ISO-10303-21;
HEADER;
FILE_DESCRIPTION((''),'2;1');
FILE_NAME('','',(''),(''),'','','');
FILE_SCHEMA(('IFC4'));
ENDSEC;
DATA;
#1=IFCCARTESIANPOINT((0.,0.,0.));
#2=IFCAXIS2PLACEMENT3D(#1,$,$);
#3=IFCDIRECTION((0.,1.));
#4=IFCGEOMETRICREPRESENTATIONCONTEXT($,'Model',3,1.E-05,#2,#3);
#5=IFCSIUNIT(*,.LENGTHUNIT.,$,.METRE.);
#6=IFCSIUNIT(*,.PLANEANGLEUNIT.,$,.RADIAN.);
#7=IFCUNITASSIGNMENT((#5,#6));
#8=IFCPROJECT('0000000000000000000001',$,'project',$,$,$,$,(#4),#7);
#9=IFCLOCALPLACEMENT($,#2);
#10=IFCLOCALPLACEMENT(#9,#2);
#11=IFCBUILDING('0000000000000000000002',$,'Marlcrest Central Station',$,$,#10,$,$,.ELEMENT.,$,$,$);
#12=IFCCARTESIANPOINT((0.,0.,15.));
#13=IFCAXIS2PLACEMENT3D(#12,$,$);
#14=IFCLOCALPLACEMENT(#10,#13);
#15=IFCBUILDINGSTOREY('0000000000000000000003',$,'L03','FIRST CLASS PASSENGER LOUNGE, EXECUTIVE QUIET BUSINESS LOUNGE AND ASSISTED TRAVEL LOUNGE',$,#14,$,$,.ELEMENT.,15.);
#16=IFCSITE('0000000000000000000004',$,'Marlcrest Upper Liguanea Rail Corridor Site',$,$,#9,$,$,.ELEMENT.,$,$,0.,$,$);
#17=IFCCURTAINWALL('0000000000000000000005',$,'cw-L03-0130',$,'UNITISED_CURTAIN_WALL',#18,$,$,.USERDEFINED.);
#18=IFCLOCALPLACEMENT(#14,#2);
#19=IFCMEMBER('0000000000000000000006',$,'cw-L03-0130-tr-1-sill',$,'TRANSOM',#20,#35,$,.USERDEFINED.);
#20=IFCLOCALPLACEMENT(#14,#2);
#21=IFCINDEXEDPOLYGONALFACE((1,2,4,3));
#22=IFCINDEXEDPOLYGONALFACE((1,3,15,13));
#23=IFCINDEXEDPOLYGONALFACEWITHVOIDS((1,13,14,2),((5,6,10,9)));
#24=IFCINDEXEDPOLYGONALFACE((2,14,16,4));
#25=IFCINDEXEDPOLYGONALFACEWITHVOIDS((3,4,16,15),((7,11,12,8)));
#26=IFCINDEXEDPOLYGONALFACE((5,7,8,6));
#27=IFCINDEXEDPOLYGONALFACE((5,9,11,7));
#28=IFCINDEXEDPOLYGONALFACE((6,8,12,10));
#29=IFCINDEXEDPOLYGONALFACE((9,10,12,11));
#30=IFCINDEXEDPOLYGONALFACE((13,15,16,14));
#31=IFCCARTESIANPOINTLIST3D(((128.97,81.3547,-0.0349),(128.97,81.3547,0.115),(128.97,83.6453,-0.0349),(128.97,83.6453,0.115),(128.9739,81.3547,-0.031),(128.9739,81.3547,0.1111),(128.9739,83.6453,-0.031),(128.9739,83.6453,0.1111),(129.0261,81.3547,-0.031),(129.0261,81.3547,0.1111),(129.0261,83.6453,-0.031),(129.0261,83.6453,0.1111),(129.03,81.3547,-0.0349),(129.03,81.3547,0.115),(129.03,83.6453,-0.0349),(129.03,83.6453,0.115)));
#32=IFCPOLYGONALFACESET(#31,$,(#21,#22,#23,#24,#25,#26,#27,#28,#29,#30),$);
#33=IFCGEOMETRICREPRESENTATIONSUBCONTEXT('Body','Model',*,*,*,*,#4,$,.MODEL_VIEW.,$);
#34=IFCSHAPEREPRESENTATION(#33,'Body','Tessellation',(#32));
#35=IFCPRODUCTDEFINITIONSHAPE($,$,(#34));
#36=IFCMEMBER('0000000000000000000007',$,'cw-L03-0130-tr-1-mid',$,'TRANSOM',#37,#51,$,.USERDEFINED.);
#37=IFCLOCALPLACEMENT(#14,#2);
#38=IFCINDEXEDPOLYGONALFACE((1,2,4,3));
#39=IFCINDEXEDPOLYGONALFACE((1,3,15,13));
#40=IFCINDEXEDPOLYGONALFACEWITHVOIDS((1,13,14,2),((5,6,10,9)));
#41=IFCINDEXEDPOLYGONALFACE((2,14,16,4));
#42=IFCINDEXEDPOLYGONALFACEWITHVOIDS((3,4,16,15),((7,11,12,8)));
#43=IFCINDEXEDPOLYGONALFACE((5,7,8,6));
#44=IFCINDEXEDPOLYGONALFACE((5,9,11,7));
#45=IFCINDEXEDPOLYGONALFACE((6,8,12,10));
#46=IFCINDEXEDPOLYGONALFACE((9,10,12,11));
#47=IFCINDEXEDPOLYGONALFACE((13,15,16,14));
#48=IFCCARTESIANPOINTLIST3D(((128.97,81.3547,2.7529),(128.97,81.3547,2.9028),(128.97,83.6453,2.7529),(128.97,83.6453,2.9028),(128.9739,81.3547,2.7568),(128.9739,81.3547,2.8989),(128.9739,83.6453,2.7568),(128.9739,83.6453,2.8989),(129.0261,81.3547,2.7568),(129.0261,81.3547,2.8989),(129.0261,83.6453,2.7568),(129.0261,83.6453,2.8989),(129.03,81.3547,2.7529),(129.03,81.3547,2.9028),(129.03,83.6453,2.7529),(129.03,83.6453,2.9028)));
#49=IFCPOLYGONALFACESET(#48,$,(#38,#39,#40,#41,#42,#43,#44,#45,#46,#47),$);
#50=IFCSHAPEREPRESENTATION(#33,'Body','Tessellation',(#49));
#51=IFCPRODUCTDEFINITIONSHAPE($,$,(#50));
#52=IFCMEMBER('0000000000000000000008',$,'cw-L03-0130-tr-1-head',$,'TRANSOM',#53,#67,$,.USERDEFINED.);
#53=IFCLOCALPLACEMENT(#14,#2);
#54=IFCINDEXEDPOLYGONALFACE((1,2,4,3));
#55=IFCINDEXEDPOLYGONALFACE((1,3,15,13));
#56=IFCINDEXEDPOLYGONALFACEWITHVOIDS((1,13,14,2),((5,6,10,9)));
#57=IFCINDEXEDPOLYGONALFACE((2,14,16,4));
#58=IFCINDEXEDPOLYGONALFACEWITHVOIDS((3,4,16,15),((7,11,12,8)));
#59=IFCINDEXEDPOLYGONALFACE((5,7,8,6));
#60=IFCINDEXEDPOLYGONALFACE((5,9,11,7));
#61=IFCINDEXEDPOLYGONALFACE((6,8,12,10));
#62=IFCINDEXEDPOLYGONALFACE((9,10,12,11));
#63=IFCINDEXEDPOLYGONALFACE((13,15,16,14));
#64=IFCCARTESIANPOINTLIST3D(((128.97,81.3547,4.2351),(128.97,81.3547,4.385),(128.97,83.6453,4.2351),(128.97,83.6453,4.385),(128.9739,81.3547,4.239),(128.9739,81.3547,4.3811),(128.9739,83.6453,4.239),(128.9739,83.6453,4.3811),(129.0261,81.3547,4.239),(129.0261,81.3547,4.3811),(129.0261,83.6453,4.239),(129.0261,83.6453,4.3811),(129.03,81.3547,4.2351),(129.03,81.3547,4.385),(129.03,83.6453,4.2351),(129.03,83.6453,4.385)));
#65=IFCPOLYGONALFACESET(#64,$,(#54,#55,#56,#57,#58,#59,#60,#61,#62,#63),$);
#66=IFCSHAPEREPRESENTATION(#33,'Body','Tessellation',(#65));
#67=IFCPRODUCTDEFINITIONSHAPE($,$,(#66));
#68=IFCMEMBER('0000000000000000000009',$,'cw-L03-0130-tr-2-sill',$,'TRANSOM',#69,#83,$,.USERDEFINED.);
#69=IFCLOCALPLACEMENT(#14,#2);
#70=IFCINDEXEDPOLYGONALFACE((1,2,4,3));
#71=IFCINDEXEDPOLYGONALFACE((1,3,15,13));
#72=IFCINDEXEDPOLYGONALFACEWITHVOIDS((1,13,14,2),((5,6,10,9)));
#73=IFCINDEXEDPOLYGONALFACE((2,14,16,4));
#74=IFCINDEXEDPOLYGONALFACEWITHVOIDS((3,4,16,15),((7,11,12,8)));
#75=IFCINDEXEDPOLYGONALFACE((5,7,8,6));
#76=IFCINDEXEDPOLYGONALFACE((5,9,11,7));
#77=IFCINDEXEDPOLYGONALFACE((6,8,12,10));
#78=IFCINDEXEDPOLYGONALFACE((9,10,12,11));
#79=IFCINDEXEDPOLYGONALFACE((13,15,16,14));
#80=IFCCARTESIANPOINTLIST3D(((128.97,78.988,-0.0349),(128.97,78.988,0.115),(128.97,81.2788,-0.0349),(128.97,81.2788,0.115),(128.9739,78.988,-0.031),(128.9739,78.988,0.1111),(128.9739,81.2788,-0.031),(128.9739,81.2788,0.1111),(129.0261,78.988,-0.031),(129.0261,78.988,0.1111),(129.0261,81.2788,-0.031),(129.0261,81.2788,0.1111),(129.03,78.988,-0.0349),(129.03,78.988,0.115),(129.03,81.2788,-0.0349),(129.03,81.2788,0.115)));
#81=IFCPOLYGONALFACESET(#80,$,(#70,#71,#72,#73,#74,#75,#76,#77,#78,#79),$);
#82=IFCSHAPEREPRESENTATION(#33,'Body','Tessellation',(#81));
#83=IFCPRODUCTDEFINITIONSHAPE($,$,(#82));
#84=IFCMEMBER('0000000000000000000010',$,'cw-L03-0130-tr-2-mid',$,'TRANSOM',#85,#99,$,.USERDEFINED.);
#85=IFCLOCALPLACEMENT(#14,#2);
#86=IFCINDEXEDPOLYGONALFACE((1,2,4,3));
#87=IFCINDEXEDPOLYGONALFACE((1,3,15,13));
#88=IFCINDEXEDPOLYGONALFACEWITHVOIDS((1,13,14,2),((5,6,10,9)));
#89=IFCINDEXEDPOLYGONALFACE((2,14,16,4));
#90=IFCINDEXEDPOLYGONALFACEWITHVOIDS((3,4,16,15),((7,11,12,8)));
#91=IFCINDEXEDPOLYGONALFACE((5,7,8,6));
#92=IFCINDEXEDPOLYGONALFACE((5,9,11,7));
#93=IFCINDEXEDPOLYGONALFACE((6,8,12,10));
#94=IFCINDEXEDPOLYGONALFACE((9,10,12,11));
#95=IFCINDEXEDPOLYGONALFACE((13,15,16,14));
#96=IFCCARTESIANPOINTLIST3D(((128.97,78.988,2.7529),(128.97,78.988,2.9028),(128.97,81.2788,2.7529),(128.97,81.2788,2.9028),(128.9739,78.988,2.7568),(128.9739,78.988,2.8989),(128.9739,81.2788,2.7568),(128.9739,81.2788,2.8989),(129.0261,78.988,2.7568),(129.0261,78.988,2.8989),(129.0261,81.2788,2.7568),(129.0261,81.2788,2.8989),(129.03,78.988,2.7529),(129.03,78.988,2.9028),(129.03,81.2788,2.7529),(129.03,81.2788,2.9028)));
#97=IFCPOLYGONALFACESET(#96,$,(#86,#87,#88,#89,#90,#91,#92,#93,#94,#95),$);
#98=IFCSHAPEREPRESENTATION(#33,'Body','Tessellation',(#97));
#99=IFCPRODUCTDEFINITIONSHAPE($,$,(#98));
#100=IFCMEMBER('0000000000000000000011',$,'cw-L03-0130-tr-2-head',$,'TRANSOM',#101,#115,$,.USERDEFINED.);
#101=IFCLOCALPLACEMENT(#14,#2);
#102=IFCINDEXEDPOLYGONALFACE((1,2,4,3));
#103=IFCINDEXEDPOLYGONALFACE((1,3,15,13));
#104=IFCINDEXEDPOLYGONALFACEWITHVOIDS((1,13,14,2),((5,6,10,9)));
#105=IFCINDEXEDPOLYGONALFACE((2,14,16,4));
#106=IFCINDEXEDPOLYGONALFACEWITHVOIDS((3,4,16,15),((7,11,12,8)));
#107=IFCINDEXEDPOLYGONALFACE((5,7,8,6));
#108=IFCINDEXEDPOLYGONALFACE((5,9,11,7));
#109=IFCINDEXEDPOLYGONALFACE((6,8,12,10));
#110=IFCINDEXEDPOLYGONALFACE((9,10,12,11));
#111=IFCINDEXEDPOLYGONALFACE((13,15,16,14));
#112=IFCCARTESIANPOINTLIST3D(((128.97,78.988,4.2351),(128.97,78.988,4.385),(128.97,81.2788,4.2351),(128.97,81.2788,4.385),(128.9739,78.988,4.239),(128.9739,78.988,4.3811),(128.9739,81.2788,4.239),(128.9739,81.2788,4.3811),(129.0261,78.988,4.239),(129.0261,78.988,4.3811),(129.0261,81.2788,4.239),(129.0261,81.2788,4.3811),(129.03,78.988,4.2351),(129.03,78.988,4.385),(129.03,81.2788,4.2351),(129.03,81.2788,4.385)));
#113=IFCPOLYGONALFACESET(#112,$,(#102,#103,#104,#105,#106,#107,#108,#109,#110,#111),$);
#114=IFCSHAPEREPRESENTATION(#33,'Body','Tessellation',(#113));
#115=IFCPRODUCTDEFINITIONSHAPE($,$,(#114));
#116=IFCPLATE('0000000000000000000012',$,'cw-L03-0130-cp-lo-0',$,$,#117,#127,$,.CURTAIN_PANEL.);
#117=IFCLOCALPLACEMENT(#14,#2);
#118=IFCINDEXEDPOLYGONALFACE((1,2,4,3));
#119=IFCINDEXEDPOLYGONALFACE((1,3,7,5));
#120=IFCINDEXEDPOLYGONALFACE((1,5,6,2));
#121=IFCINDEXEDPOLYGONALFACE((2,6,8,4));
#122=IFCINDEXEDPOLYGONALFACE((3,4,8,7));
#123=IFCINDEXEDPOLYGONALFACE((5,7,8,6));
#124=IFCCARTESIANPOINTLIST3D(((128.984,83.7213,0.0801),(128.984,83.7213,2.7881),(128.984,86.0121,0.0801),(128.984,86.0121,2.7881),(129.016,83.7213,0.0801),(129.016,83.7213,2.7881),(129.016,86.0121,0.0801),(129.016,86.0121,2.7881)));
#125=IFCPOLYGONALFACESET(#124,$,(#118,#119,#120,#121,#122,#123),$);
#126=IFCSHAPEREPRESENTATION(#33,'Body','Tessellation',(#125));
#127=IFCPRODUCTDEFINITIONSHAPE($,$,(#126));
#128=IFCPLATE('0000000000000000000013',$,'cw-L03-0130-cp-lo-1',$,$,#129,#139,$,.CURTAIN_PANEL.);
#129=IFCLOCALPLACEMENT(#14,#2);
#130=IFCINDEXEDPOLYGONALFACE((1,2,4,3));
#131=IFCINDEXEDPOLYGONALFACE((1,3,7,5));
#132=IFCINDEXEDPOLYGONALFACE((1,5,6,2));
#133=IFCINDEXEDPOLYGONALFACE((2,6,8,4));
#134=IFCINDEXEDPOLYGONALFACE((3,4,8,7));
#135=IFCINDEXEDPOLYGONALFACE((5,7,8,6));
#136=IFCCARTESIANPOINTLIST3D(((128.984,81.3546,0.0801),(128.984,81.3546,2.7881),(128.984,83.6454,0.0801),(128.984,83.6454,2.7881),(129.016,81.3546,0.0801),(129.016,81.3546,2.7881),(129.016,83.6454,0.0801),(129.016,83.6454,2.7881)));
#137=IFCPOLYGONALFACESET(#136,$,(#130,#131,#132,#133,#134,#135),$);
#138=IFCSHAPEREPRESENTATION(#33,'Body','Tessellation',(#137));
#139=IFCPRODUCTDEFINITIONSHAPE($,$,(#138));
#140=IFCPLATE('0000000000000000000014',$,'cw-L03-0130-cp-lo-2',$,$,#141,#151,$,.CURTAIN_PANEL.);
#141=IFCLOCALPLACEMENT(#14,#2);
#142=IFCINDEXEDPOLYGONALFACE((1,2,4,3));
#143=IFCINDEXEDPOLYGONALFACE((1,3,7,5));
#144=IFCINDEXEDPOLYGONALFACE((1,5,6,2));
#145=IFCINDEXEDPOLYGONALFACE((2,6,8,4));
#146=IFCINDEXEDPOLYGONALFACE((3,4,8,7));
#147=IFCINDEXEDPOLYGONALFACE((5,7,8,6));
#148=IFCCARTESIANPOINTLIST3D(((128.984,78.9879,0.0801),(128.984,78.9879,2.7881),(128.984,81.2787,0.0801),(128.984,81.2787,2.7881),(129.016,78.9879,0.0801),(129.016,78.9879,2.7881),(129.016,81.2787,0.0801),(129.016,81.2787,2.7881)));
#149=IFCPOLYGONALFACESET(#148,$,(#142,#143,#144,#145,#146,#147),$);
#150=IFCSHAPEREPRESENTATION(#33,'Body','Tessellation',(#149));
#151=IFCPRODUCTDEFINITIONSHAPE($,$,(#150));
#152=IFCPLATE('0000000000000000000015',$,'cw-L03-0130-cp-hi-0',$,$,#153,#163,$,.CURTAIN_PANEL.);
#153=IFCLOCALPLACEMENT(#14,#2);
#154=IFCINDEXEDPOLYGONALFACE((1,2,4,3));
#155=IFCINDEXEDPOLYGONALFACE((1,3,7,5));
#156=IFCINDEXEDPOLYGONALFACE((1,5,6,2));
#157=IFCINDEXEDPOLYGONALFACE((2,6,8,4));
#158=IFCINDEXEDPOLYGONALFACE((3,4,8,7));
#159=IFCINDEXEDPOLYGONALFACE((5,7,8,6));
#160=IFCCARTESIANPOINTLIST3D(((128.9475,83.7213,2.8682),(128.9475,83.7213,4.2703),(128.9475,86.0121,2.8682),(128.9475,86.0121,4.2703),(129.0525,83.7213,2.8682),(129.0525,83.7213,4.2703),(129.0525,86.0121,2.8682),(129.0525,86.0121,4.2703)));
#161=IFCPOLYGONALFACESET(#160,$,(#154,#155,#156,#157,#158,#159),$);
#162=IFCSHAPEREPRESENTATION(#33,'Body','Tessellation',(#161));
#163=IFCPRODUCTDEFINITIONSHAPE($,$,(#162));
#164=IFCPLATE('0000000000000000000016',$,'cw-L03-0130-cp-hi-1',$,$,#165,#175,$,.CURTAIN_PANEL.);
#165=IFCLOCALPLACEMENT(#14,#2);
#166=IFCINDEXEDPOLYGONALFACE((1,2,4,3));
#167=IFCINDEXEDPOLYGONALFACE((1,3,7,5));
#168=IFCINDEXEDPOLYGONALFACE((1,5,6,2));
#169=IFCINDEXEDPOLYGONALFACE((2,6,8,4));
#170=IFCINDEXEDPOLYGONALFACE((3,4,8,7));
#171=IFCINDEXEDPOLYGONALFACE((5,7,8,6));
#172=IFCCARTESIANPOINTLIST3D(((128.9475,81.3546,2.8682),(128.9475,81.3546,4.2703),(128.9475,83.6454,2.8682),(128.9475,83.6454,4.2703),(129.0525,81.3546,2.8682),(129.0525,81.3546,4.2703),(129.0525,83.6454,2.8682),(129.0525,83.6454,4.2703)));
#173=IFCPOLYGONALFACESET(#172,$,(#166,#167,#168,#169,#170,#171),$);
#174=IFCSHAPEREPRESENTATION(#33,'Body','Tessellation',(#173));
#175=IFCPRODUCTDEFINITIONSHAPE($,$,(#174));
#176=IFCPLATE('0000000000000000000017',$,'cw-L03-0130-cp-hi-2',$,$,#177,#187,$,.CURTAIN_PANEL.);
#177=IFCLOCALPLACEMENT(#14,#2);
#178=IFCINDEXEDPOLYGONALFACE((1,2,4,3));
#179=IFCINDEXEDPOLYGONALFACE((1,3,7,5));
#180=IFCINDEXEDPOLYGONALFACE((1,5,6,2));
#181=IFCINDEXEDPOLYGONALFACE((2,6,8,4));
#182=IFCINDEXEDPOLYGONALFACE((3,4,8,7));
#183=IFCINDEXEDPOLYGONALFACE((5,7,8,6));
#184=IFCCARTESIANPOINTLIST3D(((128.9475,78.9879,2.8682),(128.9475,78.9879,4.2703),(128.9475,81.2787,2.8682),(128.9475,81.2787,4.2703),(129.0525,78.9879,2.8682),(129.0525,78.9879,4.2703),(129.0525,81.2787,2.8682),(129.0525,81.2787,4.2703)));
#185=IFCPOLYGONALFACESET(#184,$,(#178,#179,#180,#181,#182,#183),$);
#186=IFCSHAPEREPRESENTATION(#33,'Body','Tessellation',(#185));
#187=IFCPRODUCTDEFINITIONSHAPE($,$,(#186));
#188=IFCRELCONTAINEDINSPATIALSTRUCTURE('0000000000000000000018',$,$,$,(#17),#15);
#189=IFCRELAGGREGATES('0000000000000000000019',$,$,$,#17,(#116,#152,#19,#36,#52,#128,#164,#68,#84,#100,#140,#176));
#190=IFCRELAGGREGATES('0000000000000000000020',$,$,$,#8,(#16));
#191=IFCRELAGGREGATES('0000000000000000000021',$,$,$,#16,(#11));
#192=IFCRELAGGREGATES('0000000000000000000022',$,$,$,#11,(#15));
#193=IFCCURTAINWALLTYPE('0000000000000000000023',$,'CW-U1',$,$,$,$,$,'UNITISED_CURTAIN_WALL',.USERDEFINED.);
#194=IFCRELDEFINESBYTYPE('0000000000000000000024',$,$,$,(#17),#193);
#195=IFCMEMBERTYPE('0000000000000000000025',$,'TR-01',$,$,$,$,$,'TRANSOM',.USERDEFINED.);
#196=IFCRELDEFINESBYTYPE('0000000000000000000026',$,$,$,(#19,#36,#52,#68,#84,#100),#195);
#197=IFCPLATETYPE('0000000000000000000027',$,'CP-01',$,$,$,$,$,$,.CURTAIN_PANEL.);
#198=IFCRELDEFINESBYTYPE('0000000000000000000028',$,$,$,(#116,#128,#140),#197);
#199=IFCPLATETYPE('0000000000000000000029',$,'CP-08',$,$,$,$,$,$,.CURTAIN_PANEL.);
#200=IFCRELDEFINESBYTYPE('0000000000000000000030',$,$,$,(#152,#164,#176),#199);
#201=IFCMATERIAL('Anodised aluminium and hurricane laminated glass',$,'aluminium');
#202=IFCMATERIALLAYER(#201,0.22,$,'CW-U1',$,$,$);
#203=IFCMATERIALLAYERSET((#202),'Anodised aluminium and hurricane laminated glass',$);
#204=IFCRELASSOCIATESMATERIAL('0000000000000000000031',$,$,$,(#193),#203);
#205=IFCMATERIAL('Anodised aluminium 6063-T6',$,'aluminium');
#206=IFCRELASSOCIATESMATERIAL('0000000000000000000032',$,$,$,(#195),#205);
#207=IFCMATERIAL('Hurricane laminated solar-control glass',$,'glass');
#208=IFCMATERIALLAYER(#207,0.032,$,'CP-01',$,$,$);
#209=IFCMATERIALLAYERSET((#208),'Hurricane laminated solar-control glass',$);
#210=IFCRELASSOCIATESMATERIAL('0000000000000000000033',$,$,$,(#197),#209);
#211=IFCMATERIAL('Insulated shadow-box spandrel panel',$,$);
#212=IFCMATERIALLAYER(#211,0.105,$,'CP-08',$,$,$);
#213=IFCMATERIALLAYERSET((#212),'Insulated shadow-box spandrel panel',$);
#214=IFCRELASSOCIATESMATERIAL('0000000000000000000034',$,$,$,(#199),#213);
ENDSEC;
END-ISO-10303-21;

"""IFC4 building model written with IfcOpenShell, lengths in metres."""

from ifc_helpers import new_model, si_unit, direction, frame, origin, origin_2d, place, context, subcontext, project, spatial, rectangle, hollow_rectangle, extrude, material, layer, layer_set, material_profile, profile_set, type_object, element, aggregate, save


model = new_model("IFC4")

# Units and contexts
model_context = context("Model", 3, precision=1e-05, world=origin(), true_north=direction((0.0, 1.0)))
body_context = subcontext(model_context, "Body", "Model", "MODEL_VIEW")
ifc_project = project(units=[si_unit("LENGTHUNIT", "METRE"), si_unit("PLANEANGLEUNIT", "RADIAN")], contexts=[model_context])

# Site, building, storey
site_placement = place(None, origin())
site = spatial("IfcSite", under=ifc_project, at=site_placement, Name="Marlcrest Upper Liguanea Rail Corridor Site", CompositionType="ELEMENT", RefElevation=0.0)
building_placement = place(site_placement, origin())
building = spatial("IfcBuilding", under=site, at=building_placement, Name="Marlcrest Central Station", CompositionType="ELEMENT")
storey_placement = place(building_placement, frame((0.0, 0.0, 15.0)))
storey = spatial("IfcBuildingStorey", under=building, at=storey_placement, Name="L03", Description="FIRST CLASS PASSENGER LOUNGE, EXECUTIVE QUIET BUSINESS LOUNGE AND ASSISTED TRAVEL LOUNGE", CompositionType="ELEMENT", Elevation=15.0)

# Curtain wall
ifc_material_1 = material(Name="Anodised aluminium and hurricane laminated glass", Category="aluminium")
ifc_layer_1 = layer(ifc_material_1, 0.22, Name="CW-U1")
ifc_layer_set_1 = layer_set([ifc_layer_1], Name="Anodised aluminium and hurricane laminated glass")
curtain_wall_type = type_object("IfcCurtainWallType", Name="CW-U1", ElementType="UNITISED_CURTAIN_WALL", PredefinedType="USERDEFINED", material=ifc_layer_set_1)
curtain_wall_1_placement = place(storey_placement, origin())
curtain_wall_1 = element("IfcCurtainWall", 1, at=curtain_wall_1_placement, inside=storey, type_object=curtain_wall_type, Name="cw-L03-0130", ObjectType="UNITISED_CURTAIN_WALL", PredefinedType="USERDEFINED")
ifc_material_2 = material(Name="Anodised aluminium 6063-T6", Category="aluminium")

# Members
ifc_material_profile_1 = material_profile(ifc_material_2, hollow_rectangle(XDim=0.0601, YDim=0.1499, WallThickness=0.0039, at=origin_2d()), Name="AA-RHS 150x60x4")
ifc_profile_set_1 = profile_set([ifc_material_profile_1], Name="Anodised aluminium 6063-T6")
member_type_1 = type_object("IfcMemberType", Name="TR-01", ElementType="TRANSOM", PredefinedType="USERDEFINED", material=ifc_profile_set_1)
member_1_placement = place(storey_placement, frame((129.0, 83.6453, 0.04), z_axis=(0.0, -1.0, 0.0), x_axis=(1.0, 0.0, 0.0)))
member_1 = element("IfcMember", 2, at=member_1_placement, type_object=member_type_1, Name="cw-L03-0130-tr-1-sill", ObjectType="TRANSOM", PredefinedType="USERDEFINED", context=body_context, shape_type="SweptSolid", body=[
    extrude(hollow_rectangle(XDim=0.0601, YDim=0.1499, WallThickness=0.0039, at=origin_2d()), origin(), (0.0, 0.0, 1.0), 2.2905),
])
member_2_placement = place(storey_placement, frame((129.0, 83.6453, 2.8279), z_axis=(0.0, -1.0, 0.0), x_axis=(1.0, 0.0, 0.0)))
member_2 = element("IfcMember", 3, at=member_2_placement, type_object=member_type_1, Name="cw-L03-0130-tr-1-mid", ObjectType="TRANSOM", PredefinedType="USERDEFINED", context=body_context, shape_type="SweptSolid", body=[
    extrude(hollow_rectangle(XDim=0.0601, YDim=0.1499, WallThickness=0.0039, at=origin_2d()), origin(), (0.0, 0.0, 1.0), 2.2905),
])
member_3_placement = place(storey_placement, frame((129.0, 83.6453, 4.3101), z_axis=(0.0, -1.0, 0.0), x_axis=(1.0, 0.0, 0.0)))
member_3 = element("IfcMember", 4, at=member_3_placement, type_object=member_type_1, Name="cw-L03-0130-tr-1-head", ObjectType="TRANSOM", PredefinedType="USERDEFINED", context=body_context, shape_type="SweptSolid", body=[
    extrude(hollow_rectangle(XDim=0.0601, YDim=0.1499, WallThickness=0.0039, at=origin_2d()), origin(), (0.0, 0.0, 1.0), 2.2905),
])
member_4_placement = place(storey_placement, frame((129.0, 81.2788, 0.04), z_axis=(0.0, -1.0, 0.0), x_axis=(1.0, 0.0, 0.0)))
member_4 = element("IfcMember", 5, at=member_4_placement, type_object=member_type_1, Name="cw-L03-0130-tr-2-sill", ObjectType="TRANSOM", PredefinedType="USERDEFINED", context=body_context, shape_type="SweptSolid", body=[
    extrude(hollow_rectangle(XDim=0.0601, YDim=0.1499, WallThickness=0.0039, at=origin_2d()), origin(), (0.0, 0.0, 1.0), 2.2908),
])
member_5_placement = place(storey_placement, frame((129.0, 81.2788, 2.8279), z_axis=(0.0, -1.0, 0.0), x_axis=(1.0, 0.0, 0.0)))
member_5 = element("IfcMember", 6, at=member_5_placement, type_object=member_type_1, Name="cw-L03-0130-tr-2-mid", ObjectType="TRANSOM", PredefinedType="USERDEFINED", context=body_context, shape_type="SweptSolid", body=[
    extrude(hollow_rectangle(XDim=0.0601, YDim=0.1499, WallThickness=0.0039, at=origin_2d()), origin(), (0.0, 0.0, 1.0), 2.2908),
])
member_6_placement = place(storey_placement, frame((129.0, 81.2788, 4.3101), z_axis=(0.0, -1.0, 0.0), x_axis=(1.0, 0.0, 0.0)))
member_6 = element("IfcMember", 7, at=member_6_placement, type_object=member_type_1, Name="cw-L03-0130-tr-2-head", ObjectType="TRANSOM", PredefinedType="USERDEFINED", context=body_context, shape_type="SweptSolid", body=[
    extrude(hollow_rectangle(XDim=0.0601, YDim=0.1499, WallThickness=0.0039, at=origin_2d()), origin(), (0.0, 0.0, 1.0), 2.2908),
])

# Plates
ifc_material_3 = material(Name="Hurricane laminated solar-control glass", Category="glass")
ifc_layer_2 = layer(ifc_material_3, 0.032, Name="CP-01")
ifc_layer_set_2 = layer_set([ifc_layer_2], Name="Hurricane laminated solar-control glass")
plate_type_1 = type_object("IfcPlateType", Name="CP-01", PredefinedType="CURTAIN_PANEL", material=ifc_layer_set_2)
plate_1_placement = place(storey_placement, frame((129.0, 84.8667, 0.0801), z_axis=(0.0, 0.0, 1.0), x_axis=(0.0, -1.0, 0.0)))
plate_1 = element("IfcPlate", 8, at=plate_1_placement, type_object=plate_type_1, Name="cw-L03-0130-cp-lo-0", PredefinedType="CURTAIN_PANEL", context=body_context, shape_type="SweptSolid", body=[
    extrude(rectangle(XDim=2.2908, YDim=0.032, at=origin_2d()), origin(), (0.0, 0.0, 1.0), 2.708),
])
plate_2_placement = place(storey_placement, frame((129.0, 82.5, 0.0801), z_axis=(0.0, 0.0, 1.0), x_axis=(0.0, -1.0, 0.0)))
plate_2 = element("IfcPlate", 9, at=plate_2_placement, type_object=plate_type_1, Name="cw-L03-0130-cp-lo-1", PredefinedType="CURTAIN_PANEL", context=body_context, shape_type="SweptSolid", body=[
    extrude(rectangle(XDim=2.2908, YDim=0.032, at=origin_2d()), origin(), (0.0, 0.0, 1.0), 2.708),
])
plate_3_placement = place(storey_placement, frame((129.0, 80.1333, 0.0801), z_axis=(0.0, 0.0, 1.0), x_axis=(0.0, -1.0, 0.0)))
plate_3 = element("IfcPlate", 10, at=plate_3_placement, type_object=plate_type_1, Name="cw-L03-0130-cp-lo-2", PredefinedType="CURTAIN_PANEL", context=body_context, shape_type="SweptSolid", body=[
    extrude(rectangle(XDim=2.2908, YDim=0.032, at=origin_2d()), origin(), (0.0, 0.0, 1.0), 2.708),
])
ifc_material_4 = material(Name="Insulated shadow-box spandrel panel")
ifc_layer_3 = layer(ifc_material_4, 0.105, Name="CP-08")
ifc_layer_set_3 = layer_set([ifc_layer_3], Name="Insulated shadow-box spandrel panel")
plate_type_2 = type_object("IfcPlateType", Name="CP-08", PredefinedType="CURTAIN_PANEL", material=ifc_layer_set_3)
plate_4_placement = place(storey_placement, frame((129.0, 84.8667, 2.8682), z_axis=(0.0, 0.0, 1.0), x_axis=(0.0, -1.0, 0.0)))
plate_4 = element("IfcPlate", 11, at=plate_4_placement, type_object=plate_type_2, Name="cw-L03-0130-cp-hi-0", PredefinedType="CURTAIN_PANEL", context=body_context, shape_type="SweptSolid", body=[
    extrude(rectangle(XDim=2.2908, YDim=0.105, at=origin_2d()), origin(), (0.0, 0.0, 1.0), 1.4021),
])
plate_5_placement = place(storey_placement, frame((129.0, 82.5, 2.8682), z_axis=(0.0, 0.0, 1.0), x_axis=(0.0, -1.0, 0.0)))
plate_5 = element("IfcPlate", 12, at=plate_5_placement, type_object=plate_type_2, Name="cw-L03-0130-cp-hi-1", PredefinedType="CURTAIN_PANEL", context=body_context, shape_type="SweptSolid", body=[
    extrude(rectangle(XDim=2.2908, YDim=0.105, at=origin_2d()), origin(), (0.0, 0.0, 1.0), 1.4021),
])
plate_6_placement = place(storey_placement, frame((129.0, 80.1333, 2.8682), z_axis=(0.0, 0.0, 1.0), x_axis=(0.0, -1.0, 0.0)))
plate_6 = element("IfcPlate", 13, at=plate_6_placement, type_object=plate_type_2, Name="cw-L03-0130-cp-hi-2", PredefinedType="CURTAIN_PANEL", context=body_context, shape_type="SweptSolid", body=[
    extrude(rectangle(XDim=2.2908, YDim=0.105, at=origin_2d()), origin(), (0.0, 0.0, 1.0), 1.4021),
])
aggregate(curtain_wall_1, [plate_1, plate_4, member_1, member_2, member_3, plate_2, plate_5, member_4, member_5, member_6, plate_3, plate_6])

save(model, "model.ifc")
